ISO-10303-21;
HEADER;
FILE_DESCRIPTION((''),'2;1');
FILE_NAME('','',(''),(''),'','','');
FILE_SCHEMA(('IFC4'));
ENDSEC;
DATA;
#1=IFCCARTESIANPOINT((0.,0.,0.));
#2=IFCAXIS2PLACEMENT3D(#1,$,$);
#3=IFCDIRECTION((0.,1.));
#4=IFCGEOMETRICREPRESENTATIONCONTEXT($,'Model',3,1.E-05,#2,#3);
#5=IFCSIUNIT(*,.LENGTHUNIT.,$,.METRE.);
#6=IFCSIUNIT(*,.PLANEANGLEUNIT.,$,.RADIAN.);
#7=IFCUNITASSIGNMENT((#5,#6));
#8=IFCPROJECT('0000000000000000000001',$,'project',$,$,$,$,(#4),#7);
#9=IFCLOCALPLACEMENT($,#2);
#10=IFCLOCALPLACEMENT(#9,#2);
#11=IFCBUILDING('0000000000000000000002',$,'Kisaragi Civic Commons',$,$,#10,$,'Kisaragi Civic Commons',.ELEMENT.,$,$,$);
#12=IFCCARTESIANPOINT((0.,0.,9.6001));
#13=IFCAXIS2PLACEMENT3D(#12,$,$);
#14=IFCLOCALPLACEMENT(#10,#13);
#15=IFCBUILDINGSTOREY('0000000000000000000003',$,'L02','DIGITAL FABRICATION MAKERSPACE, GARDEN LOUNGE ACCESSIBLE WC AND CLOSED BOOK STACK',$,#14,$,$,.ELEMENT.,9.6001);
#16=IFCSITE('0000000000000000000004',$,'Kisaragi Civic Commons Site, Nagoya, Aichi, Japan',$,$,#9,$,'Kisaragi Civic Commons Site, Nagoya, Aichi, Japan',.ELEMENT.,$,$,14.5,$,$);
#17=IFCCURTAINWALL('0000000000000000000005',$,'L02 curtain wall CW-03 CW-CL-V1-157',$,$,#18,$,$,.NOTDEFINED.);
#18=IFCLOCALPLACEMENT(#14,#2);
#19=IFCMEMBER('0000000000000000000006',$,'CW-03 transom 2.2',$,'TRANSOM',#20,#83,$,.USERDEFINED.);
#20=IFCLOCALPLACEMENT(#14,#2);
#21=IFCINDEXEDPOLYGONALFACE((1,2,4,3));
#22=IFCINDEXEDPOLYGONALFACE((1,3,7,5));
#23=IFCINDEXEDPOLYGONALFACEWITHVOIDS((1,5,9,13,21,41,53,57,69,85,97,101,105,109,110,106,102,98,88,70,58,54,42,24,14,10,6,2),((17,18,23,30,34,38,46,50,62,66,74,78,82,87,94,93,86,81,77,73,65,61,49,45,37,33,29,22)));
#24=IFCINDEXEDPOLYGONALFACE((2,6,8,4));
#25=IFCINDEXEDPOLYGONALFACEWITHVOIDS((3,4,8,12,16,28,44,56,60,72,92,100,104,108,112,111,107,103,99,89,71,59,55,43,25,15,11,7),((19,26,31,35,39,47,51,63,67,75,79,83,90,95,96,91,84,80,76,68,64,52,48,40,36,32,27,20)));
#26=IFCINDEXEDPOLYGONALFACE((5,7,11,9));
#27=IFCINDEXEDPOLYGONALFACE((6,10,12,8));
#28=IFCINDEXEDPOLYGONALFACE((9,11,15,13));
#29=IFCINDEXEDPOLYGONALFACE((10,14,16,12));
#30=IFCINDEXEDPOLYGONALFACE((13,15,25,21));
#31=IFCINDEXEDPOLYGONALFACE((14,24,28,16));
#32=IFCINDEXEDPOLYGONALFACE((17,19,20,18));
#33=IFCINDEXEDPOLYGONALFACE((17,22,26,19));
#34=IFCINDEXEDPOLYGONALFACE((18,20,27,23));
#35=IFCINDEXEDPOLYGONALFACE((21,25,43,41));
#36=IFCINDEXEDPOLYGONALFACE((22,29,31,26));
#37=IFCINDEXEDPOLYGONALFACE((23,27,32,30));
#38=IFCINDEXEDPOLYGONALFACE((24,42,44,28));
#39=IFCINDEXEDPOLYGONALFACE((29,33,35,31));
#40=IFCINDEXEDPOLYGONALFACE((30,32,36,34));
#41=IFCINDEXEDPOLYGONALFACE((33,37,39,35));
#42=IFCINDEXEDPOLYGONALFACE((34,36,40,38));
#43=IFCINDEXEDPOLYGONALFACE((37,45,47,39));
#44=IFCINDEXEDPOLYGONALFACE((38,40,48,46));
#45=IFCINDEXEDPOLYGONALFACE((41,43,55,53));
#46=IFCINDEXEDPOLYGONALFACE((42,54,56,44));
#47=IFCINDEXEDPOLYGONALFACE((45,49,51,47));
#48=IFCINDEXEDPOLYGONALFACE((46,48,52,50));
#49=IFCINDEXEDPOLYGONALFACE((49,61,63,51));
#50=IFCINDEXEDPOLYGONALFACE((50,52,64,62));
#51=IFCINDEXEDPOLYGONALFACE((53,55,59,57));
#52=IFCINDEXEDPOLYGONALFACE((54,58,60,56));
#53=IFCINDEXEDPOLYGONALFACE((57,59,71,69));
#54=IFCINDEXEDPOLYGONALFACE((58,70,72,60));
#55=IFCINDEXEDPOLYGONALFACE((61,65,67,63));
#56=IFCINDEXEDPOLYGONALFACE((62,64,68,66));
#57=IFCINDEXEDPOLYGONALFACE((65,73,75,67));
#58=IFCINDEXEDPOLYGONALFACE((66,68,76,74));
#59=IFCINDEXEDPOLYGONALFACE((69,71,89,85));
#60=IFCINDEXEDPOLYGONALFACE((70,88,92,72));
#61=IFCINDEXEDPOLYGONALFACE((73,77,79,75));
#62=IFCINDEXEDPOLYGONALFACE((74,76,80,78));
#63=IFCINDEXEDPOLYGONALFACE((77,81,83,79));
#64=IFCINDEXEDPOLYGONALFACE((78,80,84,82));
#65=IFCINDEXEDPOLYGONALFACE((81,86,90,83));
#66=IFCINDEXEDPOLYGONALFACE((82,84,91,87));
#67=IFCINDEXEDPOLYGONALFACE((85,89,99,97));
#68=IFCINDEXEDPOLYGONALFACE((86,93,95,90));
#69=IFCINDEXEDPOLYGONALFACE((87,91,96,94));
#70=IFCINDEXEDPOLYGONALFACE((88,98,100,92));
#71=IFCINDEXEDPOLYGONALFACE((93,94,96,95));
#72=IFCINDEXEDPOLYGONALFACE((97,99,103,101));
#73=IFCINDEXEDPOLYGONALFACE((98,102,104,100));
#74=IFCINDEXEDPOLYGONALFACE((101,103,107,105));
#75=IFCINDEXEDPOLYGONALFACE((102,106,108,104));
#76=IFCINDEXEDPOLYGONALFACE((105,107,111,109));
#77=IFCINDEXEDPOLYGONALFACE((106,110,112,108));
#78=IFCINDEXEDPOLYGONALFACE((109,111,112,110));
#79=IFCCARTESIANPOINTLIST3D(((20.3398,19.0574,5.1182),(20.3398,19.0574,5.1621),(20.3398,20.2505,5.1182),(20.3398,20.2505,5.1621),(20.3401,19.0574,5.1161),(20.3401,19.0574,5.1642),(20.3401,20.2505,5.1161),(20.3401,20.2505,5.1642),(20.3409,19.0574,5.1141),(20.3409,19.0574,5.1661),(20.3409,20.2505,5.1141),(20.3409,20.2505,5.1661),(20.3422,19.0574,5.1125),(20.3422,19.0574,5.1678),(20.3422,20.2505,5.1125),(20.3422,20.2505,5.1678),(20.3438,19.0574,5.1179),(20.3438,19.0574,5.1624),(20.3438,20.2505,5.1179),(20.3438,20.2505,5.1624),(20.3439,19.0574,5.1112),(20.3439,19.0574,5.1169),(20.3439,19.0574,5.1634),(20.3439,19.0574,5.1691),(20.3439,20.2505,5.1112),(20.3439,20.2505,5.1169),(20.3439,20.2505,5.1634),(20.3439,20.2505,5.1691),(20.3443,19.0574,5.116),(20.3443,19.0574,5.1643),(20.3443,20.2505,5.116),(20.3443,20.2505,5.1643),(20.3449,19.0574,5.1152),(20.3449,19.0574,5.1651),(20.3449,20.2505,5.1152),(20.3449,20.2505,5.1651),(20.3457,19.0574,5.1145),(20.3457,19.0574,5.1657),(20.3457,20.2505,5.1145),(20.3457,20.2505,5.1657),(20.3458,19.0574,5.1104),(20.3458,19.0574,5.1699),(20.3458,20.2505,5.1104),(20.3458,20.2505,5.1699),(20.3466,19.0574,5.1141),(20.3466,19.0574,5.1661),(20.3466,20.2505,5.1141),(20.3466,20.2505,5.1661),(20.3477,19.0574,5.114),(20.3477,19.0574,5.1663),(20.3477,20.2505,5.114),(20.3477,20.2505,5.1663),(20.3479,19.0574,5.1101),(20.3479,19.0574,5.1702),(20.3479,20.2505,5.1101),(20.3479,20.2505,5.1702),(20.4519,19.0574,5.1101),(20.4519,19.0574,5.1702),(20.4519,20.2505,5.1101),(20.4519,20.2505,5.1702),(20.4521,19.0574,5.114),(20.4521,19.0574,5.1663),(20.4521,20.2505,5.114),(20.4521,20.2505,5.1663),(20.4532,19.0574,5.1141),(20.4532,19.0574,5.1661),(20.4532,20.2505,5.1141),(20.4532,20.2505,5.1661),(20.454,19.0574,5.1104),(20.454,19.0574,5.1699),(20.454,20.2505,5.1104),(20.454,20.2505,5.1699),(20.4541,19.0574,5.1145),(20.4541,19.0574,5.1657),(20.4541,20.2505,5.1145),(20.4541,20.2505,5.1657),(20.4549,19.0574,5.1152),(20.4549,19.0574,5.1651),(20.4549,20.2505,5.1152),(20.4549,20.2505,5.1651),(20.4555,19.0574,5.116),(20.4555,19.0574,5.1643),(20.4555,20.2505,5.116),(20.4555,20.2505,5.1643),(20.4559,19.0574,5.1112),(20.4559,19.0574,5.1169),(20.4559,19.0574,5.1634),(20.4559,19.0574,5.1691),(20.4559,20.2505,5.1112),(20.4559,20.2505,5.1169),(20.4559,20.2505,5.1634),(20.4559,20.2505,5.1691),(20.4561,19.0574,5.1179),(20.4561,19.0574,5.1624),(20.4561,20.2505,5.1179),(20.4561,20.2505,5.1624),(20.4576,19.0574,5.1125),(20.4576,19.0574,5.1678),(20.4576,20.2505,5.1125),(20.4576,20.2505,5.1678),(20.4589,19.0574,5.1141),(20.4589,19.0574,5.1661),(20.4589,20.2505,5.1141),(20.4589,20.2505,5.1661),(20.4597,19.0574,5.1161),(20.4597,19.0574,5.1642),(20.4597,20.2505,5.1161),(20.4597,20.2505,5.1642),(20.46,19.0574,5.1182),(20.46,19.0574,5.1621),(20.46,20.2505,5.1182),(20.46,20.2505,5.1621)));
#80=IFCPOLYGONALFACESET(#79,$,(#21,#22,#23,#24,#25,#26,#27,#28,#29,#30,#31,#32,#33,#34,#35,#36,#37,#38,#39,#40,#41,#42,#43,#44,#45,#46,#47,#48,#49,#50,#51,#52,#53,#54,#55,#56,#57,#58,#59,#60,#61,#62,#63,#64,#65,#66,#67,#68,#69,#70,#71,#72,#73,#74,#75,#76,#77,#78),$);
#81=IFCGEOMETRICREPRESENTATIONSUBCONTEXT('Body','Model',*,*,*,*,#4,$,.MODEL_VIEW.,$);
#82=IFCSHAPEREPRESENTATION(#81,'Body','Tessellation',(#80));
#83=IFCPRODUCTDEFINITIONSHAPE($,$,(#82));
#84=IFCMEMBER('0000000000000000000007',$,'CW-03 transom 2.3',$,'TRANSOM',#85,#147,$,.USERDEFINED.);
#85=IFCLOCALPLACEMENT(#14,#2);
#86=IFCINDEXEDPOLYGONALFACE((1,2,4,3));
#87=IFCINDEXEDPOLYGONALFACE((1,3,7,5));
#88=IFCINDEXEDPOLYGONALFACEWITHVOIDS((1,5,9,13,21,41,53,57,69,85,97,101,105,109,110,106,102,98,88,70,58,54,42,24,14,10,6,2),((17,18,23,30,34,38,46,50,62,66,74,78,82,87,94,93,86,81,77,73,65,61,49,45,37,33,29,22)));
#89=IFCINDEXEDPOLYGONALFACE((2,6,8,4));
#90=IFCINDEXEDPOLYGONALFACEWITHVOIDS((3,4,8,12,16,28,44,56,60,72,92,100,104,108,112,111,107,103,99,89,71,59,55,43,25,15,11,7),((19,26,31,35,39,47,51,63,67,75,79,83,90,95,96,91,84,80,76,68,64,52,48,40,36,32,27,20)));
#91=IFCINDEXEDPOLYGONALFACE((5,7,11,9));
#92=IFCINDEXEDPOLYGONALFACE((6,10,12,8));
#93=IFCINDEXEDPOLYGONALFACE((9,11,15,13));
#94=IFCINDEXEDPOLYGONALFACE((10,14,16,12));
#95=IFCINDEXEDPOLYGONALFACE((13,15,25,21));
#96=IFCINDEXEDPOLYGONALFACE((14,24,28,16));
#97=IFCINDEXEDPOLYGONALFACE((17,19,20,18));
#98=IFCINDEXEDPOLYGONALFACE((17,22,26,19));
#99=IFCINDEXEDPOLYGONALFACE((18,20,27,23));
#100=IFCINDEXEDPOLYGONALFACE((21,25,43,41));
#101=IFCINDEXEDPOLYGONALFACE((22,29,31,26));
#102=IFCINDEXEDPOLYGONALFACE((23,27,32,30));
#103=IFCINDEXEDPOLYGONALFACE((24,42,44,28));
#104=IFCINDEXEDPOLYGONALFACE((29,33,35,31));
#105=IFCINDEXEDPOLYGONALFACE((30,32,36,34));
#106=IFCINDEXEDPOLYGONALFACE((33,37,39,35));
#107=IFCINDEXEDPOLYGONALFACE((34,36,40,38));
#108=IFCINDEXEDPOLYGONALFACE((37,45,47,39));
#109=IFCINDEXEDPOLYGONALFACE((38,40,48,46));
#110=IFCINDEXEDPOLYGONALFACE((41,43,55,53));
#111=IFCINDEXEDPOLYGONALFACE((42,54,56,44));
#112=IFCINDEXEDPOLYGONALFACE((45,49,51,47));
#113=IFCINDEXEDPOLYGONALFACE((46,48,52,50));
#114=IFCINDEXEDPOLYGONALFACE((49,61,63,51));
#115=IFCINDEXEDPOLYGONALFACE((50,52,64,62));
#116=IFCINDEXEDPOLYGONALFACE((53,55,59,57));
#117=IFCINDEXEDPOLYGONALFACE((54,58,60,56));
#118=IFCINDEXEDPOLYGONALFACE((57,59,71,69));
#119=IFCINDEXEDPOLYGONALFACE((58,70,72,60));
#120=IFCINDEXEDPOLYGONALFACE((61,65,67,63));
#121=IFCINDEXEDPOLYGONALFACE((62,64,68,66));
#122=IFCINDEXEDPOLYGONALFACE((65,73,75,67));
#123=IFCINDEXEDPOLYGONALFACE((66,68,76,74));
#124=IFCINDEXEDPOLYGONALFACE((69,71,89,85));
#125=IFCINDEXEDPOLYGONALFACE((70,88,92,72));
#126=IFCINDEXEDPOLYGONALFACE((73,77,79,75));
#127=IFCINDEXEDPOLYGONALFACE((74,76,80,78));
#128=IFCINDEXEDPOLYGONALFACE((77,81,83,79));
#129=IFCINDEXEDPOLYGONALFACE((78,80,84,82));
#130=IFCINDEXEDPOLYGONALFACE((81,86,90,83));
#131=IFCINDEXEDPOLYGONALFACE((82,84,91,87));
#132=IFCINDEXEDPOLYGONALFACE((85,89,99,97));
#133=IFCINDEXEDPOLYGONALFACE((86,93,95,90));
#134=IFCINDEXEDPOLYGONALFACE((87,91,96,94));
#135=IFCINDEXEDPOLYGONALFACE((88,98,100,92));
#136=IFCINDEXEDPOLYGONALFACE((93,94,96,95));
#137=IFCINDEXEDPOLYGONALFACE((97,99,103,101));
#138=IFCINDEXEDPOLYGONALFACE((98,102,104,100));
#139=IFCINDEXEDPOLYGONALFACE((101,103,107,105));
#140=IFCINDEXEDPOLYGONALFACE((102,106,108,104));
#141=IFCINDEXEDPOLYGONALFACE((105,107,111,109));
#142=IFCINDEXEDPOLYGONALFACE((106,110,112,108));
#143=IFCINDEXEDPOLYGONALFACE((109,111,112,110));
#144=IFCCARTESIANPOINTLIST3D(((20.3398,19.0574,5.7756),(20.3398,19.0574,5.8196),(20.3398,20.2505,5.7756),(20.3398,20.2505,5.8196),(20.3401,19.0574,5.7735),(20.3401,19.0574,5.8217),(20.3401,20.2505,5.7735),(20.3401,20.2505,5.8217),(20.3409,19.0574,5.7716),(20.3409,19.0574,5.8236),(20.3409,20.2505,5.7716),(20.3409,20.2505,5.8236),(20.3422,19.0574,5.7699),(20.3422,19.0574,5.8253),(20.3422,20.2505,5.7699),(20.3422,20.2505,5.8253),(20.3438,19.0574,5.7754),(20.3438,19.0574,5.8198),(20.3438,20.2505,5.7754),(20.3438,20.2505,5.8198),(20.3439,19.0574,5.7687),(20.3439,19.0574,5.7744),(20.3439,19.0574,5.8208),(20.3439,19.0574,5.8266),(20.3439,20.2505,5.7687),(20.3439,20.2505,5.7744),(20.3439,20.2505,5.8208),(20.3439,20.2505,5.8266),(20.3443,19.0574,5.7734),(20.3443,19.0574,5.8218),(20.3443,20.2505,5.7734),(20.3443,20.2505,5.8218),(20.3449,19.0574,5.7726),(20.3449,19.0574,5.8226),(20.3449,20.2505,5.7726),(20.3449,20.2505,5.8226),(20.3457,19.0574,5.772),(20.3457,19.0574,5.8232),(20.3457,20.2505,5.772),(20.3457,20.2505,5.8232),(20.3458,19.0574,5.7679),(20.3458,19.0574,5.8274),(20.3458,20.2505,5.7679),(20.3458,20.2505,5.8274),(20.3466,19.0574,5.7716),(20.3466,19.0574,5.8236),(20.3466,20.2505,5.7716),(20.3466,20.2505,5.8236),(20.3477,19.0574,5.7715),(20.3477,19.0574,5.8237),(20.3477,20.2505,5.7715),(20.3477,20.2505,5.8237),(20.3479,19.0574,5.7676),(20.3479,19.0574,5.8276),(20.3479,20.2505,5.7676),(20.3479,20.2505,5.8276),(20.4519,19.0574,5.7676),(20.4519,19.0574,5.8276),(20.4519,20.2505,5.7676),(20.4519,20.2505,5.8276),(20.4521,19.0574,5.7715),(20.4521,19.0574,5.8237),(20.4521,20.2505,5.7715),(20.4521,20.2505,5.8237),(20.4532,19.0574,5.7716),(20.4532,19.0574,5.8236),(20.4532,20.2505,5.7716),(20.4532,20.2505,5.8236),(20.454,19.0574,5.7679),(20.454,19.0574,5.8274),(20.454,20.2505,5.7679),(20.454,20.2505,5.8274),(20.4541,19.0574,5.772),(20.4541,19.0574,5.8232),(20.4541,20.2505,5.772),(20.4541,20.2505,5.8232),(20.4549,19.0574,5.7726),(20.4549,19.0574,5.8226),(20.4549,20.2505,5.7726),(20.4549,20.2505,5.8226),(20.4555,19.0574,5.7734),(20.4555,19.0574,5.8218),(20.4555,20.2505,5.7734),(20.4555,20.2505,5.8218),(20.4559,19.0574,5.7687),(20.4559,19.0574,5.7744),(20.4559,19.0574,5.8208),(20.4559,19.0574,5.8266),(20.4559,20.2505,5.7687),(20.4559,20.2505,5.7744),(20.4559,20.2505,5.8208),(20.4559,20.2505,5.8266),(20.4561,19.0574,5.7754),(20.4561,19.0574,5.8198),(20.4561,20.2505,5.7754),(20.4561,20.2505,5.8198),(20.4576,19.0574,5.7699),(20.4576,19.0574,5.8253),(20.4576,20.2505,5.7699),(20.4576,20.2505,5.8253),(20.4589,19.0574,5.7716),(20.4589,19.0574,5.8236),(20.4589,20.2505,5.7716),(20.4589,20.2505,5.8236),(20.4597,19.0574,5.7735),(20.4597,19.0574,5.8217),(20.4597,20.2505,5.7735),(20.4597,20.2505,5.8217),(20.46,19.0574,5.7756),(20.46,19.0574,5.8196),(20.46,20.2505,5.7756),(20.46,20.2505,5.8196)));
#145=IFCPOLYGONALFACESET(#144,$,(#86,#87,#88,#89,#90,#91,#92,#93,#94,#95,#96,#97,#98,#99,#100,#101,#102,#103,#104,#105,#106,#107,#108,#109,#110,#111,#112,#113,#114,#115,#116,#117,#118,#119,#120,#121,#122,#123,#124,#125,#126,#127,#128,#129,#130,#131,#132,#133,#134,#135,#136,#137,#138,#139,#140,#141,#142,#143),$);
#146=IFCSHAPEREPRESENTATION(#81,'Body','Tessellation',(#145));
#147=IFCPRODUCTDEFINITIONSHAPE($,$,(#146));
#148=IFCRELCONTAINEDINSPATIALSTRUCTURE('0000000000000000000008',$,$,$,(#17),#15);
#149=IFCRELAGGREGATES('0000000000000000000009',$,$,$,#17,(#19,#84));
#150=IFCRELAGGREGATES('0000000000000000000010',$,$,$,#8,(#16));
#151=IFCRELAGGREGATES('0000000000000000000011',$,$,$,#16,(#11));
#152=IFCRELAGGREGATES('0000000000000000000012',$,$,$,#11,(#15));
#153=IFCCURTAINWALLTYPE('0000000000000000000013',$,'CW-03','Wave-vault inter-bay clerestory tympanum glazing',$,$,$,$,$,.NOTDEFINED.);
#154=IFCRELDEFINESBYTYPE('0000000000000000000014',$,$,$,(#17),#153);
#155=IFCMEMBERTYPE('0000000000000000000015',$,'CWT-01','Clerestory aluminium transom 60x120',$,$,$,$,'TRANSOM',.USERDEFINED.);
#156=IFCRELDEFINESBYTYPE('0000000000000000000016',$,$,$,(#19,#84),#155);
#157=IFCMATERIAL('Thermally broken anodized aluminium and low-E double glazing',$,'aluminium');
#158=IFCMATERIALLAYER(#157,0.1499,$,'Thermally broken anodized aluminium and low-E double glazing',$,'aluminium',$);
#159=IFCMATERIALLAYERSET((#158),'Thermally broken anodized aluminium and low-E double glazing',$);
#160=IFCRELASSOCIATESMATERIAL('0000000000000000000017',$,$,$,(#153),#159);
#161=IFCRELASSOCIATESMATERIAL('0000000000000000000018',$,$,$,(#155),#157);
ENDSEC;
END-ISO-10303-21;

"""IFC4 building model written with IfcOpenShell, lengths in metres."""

from ifc_helpers import new_model, si_unit, direction, frame, origin, origin_2d, place, context, subcontext, project, spatial, hollow_rectangle, extrude, material, layer, layer_set, material_profile, profile_set, type_object, element, aggregate, save


model = new_model("IFC4")

# Units and contexts
model_context = context("Model", 3, precision=1e-05, world=origin(), true_north=direction((0.0, 1.0)))
body_context = subcontext(model_context, "Body", "Model", "MODEL_VIEW")
ifc_project = project(units=[si_unit("LENGTHUNIT", "METRE"), si_unit("PLANEANGLEUNIT", "RADIAN")], contexts=[model_context])

# Site, building, storey
site_placement = place(None, origin())
site = spatial("IfcSite", under=ifc_project, at=site_placement, Name="Kisaragi Civic Commons Site, Nagoya, Aichi, Japan", LongName="Kisaragi Civic Commons Site, Nagoya, Aichi, Japan", CompositionType="ELEMENT", RefElevation=14.5)
building_placement = place(site_placement, origin())
building = spatial("IfcBuilding", under=site, at=building_placement, Name="Kisaragi Civic Commons", LongName="Kisaragi Civic Commons", CompositionType="ELEMENT")
storey_placement = place(building_placement, frame((0.0, 0.0, 9.6001)))
storey = spatial("IfcBuildingStorey", under=building, at=storey_placement, Name="L02", Description="DIGITAL FABRICATION MAKERSPACE, GARDEN LOUNGE ACCESSIBLE WC AND CLOSED BOOK STACK", CompositionType="ELEMENT", Elevation=9.6001)

# Shared definitions
ifc_material_1 = material(Name="Thermally broken anodized aluminium and low-E double glazing", Category="aluminium")
ifc_layer_1 = layer(ifc_material_1, 0.1499, Name="Thermally broken anodized aluminium and low-E double glazing", Category="aluminium")
ifc_layer_set_1 = layer_set([ifc_layer_1], Name="Thermally broken anodized aluminium and low-E double glazing")
curtain_wall_type = type_object("IfcCurtainWallType", Name="CW-03", Description="Wave-vault inter-bay clerestory tympanum glazing", PredefinedType="NOTDEFINED", material=ifc_layer_set_1)

# Curtain wall, members
curtain_wall_1_placement = place(storey_placement, origin())
curtain_wall_1 = element("IfcCurtainWall", 1, at=curtain_wall_1_placement, inside=storey, type_object=curtain_wall_type, Name="L02 curtain wall CW-03 CW-CL-V1-157", PredefinedType="NOTDEFINED")
ifc_material_profile_1 = material_profile(ifc_material_1, hollow_rectangle(XDim=0.1201, YDim=0.0601, WallThickness=0.0039, InnerFilletRadius=0.0039, OuterFilletRadius=0.0081, at=origin_2d()), Name="CWT-60x120x4", Category="aluminium")
ifc_profile_set_1 = profile_set([ifc_material_profile_1], Name="Thermally broken anodized aluminium and low-E double glazing")
member_type_1 = type_object("IfcMemberType", Name="CWT-01", Description="Clerestory aluminium transom 60x120", ElementType="TRANSOM", PredefinedType="USERDEFINED", material=ifc_profile_set_1)
member_1_placement = place(storey_placement, frame((20.3999, 19.0574, 5.1401), z_axis=(0.0, 1.0, 0.0), x_axis=(-1.0, 0.0, 0.0)))
member_1 = element("IfcMember", 2, at=member_1_placement, type_object=member_type_1, Name="CW-03 transom 2.2", ObjectType="TRANSOM", PredefinedType="USERDEFINED", context=body_context, shape_type="SweptSolid", body=[
    extrude(hollow_rectangle(XDim=0.1201, YDim=0.0601, WallThickness=0.0039, InnerFilletRadius=0.0039, OuterFilletRadius=0.0081, at=origin_2d()), origin(), (0.0, 0.0, 1.0), 1.1931),
])
member_2_placement = place(storey_placement, frame((20.3999, 19.0574, 5.7976), z_axis=(0.0, 1.0, 0.0), x_axis=(-1.0, 0.0, 0.0)))
member_2 = element("IfcMember", 3, at=member_2_placement, type_object=member_type_1, Name="CW-03 transom 2.3", ObjectType="TRANSOM", PredefinedType="USERDEFINED", context=body_context, shape_type="SweptSolid", body=[
    extrude(hollow_rectangle(XDim=0.1201, YDim=0.0601, WallThickness=0.0039, InnerFilletRadius=0.0039, OuterFilletRadius=0.0081, at=origin_2d()), origin(), (0.0, 0.0, 1.0), 1.1931),
])

aggregate(curtain_wall_1, [member_1, member_2])

save(model, "model.ifc")
